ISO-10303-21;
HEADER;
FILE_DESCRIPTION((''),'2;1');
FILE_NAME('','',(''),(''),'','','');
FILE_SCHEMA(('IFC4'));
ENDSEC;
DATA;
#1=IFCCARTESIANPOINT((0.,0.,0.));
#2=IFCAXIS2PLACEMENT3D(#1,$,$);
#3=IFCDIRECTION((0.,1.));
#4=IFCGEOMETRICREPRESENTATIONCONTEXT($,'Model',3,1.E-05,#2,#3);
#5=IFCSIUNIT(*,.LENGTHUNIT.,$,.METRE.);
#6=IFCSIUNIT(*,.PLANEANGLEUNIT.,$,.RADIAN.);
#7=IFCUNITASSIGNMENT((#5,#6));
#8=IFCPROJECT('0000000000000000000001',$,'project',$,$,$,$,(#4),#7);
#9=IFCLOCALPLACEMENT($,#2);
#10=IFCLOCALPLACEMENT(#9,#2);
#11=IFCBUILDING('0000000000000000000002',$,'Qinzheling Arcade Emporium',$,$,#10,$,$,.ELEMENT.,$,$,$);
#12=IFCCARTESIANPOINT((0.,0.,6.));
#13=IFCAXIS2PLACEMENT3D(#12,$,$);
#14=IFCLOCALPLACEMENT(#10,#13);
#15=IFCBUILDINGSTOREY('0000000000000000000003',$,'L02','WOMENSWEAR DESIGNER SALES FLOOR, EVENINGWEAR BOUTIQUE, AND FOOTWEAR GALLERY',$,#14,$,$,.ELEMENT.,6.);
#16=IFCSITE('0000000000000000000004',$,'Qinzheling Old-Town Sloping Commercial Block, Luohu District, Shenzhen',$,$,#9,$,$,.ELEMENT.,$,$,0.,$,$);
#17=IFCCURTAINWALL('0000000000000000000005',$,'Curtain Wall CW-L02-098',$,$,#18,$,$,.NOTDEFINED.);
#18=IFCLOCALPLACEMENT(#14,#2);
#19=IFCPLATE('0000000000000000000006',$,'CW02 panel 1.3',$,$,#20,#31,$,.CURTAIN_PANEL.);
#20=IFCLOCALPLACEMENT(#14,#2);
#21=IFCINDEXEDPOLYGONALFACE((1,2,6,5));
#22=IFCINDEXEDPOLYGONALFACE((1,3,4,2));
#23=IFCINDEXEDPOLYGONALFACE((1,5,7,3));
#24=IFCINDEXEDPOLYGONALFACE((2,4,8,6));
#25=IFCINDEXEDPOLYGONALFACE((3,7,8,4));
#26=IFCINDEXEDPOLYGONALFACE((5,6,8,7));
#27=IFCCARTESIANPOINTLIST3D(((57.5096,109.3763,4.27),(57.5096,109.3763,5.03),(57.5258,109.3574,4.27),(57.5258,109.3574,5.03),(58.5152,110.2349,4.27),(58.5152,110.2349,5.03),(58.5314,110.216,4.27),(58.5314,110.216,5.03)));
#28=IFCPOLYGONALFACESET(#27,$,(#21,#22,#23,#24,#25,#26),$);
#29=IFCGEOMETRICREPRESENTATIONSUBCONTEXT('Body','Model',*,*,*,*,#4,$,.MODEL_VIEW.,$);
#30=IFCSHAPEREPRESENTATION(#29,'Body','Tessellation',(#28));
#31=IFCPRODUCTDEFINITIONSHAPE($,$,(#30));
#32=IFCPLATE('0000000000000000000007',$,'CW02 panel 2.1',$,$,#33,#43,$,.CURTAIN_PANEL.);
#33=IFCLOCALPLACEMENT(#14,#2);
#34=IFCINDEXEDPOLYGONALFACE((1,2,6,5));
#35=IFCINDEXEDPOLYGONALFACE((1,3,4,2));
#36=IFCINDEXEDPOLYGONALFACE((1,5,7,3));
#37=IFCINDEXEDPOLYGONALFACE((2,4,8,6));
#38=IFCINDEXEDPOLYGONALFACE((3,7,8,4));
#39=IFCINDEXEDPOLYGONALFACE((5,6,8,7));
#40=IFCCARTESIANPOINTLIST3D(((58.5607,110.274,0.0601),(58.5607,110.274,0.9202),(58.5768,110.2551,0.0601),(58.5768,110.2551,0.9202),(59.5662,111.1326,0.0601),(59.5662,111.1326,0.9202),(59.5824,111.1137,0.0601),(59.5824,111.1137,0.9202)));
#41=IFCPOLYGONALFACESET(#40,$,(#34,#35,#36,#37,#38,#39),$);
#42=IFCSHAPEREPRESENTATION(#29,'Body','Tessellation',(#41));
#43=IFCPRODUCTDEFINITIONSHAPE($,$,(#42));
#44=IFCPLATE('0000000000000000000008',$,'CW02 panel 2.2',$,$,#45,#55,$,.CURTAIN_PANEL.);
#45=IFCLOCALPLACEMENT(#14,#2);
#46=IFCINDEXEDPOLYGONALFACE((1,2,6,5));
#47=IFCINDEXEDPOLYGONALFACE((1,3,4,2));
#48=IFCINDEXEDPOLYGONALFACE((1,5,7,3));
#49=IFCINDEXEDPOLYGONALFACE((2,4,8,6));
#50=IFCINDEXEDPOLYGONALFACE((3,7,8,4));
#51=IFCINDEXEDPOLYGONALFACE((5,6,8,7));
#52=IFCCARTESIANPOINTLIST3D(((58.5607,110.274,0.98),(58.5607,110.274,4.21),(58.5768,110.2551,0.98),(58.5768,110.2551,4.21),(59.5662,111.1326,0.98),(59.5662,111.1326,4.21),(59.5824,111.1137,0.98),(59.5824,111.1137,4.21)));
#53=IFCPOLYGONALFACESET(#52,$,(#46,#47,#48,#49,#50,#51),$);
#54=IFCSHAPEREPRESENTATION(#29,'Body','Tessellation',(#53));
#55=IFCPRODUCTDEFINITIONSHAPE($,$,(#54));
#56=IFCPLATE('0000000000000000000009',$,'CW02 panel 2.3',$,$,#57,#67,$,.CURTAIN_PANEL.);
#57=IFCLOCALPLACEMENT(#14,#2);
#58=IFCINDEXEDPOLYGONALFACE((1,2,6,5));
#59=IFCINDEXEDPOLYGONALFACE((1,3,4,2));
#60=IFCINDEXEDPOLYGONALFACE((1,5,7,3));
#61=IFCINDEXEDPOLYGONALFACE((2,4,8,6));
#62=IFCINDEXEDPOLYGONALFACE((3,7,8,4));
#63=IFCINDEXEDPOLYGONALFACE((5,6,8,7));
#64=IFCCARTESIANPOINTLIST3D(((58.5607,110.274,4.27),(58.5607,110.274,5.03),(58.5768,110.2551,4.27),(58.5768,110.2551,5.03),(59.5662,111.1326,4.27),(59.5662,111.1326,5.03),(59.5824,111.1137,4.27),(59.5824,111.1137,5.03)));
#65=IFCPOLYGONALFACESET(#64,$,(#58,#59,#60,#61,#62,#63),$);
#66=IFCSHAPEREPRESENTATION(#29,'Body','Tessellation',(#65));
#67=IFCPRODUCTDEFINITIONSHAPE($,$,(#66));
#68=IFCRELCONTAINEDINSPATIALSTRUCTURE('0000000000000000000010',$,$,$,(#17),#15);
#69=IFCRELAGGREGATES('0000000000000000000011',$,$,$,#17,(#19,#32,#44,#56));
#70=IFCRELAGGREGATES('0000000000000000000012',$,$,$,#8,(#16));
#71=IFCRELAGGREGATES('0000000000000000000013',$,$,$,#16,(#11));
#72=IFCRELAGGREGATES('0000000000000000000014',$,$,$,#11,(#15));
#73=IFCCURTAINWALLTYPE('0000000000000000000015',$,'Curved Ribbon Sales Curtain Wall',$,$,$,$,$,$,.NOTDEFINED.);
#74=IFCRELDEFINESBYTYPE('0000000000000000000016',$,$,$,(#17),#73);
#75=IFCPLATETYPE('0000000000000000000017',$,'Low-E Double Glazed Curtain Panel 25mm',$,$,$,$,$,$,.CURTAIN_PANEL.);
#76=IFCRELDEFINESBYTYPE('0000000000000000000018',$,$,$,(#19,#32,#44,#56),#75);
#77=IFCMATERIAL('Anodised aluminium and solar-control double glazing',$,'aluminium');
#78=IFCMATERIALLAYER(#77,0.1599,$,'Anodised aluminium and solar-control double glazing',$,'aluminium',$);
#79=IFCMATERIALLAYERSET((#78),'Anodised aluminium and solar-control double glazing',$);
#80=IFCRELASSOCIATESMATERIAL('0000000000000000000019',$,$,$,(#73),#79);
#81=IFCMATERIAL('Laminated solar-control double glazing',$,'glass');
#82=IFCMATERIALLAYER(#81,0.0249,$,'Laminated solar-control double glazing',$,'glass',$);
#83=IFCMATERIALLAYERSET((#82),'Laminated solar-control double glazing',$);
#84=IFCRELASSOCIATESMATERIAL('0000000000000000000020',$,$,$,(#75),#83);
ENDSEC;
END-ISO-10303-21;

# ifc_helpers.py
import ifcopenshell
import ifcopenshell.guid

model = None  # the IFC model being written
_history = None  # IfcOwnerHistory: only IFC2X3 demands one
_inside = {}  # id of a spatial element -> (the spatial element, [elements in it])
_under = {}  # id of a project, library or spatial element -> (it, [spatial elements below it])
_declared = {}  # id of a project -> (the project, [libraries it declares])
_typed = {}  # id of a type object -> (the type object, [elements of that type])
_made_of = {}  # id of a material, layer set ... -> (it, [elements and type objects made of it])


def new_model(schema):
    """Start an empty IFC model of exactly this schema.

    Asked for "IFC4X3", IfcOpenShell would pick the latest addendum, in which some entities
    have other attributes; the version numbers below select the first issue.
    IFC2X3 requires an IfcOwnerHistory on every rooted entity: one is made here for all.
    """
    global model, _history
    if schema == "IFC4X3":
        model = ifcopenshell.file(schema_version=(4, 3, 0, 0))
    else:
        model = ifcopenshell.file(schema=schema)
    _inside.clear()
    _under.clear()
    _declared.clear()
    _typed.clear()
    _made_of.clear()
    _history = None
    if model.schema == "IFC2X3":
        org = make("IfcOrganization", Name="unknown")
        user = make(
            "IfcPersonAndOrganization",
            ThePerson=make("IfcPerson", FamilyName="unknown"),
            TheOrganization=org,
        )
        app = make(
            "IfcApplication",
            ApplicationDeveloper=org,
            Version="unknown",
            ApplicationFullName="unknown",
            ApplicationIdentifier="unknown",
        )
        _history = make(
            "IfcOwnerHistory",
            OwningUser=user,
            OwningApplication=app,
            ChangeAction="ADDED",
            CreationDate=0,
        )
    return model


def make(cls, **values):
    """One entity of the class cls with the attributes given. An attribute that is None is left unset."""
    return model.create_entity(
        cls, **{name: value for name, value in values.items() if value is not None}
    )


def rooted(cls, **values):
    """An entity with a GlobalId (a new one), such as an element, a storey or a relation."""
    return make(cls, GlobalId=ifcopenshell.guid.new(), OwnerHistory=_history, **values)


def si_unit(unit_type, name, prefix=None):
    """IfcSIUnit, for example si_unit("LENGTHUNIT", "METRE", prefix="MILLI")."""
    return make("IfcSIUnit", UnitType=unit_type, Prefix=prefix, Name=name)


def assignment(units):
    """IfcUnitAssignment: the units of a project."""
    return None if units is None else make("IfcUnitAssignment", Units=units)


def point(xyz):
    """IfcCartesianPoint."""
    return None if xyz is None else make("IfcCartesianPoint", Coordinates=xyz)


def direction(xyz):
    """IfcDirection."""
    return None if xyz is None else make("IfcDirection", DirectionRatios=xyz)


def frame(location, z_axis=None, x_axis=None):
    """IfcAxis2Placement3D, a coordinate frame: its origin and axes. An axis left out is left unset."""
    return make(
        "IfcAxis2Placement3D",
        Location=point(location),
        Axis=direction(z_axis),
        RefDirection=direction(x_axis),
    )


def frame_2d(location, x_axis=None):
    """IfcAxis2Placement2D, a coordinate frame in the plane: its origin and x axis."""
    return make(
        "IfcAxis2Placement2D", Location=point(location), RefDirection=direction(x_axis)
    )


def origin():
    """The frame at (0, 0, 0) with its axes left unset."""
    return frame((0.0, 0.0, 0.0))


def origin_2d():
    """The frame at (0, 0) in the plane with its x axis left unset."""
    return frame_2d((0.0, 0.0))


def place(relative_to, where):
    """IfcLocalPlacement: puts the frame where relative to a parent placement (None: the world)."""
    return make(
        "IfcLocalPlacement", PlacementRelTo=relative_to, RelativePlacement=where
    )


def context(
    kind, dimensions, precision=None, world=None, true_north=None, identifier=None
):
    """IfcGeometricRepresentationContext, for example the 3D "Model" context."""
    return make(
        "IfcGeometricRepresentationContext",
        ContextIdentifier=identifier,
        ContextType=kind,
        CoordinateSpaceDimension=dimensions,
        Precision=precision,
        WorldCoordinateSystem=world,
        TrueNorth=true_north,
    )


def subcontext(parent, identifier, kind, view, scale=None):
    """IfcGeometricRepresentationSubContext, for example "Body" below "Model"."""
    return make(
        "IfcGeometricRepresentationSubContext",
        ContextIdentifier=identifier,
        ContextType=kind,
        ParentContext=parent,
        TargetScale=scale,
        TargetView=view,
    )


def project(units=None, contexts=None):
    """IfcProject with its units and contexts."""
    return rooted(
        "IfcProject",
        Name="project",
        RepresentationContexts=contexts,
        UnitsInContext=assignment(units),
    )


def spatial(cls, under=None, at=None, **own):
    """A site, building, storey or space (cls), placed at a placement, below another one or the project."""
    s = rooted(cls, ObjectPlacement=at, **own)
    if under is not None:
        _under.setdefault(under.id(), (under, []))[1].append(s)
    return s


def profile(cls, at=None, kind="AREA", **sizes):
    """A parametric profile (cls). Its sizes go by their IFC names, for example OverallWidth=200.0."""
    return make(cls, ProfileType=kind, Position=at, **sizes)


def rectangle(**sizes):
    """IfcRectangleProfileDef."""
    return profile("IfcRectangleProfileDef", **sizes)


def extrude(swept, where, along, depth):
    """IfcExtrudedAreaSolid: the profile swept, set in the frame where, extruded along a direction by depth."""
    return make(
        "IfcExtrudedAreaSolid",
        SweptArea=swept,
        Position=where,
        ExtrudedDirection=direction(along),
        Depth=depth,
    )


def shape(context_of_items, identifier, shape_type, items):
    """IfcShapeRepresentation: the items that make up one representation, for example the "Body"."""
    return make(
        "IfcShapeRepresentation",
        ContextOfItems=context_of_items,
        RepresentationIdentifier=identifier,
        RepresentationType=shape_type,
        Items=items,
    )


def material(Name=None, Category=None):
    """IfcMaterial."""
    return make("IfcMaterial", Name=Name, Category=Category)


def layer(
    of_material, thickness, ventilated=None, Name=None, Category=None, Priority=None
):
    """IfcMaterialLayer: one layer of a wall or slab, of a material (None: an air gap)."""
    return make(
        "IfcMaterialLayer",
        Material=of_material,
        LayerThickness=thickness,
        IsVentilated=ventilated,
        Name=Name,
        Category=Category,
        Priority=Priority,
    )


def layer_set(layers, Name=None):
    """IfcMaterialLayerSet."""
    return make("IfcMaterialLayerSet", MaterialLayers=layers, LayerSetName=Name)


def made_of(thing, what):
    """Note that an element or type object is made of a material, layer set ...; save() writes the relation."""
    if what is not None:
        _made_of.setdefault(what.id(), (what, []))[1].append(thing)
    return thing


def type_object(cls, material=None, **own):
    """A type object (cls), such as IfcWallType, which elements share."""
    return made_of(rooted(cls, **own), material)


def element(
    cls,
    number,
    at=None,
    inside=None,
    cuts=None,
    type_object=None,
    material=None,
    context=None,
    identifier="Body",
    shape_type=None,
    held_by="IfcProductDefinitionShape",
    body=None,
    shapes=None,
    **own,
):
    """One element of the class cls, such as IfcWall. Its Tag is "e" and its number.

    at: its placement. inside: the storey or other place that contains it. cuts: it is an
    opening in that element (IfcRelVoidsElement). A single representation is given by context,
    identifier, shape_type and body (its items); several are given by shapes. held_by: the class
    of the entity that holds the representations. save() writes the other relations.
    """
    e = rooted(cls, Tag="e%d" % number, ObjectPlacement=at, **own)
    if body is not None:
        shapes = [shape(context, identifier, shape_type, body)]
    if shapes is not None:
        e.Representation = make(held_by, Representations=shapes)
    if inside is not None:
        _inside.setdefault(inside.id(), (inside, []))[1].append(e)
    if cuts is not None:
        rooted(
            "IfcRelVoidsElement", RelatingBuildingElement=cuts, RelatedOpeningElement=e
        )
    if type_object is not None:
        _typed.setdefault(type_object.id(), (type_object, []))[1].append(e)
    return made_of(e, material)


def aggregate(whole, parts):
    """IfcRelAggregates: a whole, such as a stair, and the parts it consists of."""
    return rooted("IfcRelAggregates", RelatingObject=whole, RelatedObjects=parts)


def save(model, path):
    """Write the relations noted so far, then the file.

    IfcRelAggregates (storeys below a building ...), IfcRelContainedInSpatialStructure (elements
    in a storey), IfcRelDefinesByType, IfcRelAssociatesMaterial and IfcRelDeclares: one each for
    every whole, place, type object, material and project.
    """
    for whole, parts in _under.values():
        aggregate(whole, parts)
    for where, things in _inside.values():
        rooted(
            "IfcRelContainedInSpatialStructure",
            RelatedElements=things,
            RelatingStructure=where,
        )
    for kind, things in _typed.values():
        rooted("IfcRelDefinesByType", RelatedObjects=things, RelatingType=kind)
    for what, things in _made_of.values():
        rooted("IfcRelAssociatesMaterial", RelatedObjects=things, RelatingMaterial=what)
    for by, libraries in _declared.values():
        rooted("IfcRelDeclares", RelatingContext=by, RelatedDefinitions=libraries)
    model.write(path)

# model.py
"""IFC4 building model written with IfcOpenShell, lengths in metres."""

from ifc_helpers import new_model, si_unit, direction, frame, origin, origin_2d, place, context, subcontext, project, spatial, rectangle, extrude, material, layer, layer_set, type_object, element, aggregate, save


model = new_model("IFC4")

# Units and contexts
model_context = context("Model", 3, precision=1e-05, world=origin(), true_north=direction((0.0, 1.0)))
body_context = subcontext(model_context, "Body", "Model", "MODEL_VIEW")
ifc_project = project(units=[si_unit("LENGTHUNIT", "METRE"), si_unit("PLANEANGLEUNIT", "RADIAN")], contexts=[model_context])

# Site, building, storey
site_placement = place(None, origin())
site = spatial("IfcSite", under=ifc_project, at=site_placement, Name="Qinzheling Old-Town Sloping Commercial Block, Luohu District, Shenzhen", CompositionType="ELEMENT", RefElevation=0.0)
building_placement = place(site_placement, origin())
building = spatial("IfcBuilding", under=site, at=building_placement, Name="Qinzheling Arcade Emporium", CompositionType="ELEMENT")
storey_placement = place(building_placement, frame((0.0, 0.0, 6.0)))
storey = spatial("IfcBuildingStorey", under=building, at=storey_placement, Name="L02", Description="WOMENSWEAR DESIGNER SALES FLOOR, EVENINGWEAR BOUTIQUE, AND FOOTWEAR GALLERY", CompositionType="ELEMENT", Elevation=6.0)

# Shared definitions
ifc_material_1 = material(Name="Anodised aluminium and solar-control double glazing", Category="aluminium")
ifc_layer_1 = layer(ifc_material_1, 0.1599, Name="Anodised aluminium and solar-control double glazing", Category="aluminium")
ifc_layer_set_1 = layer_set([ifc_layer_1], Name="Anodised aluminium and solar-control double glazing")
curtain_wall_type = type_object("IfcCurtainWallType", Name="Curved Ribbon Sales Curtain Wall", PredefinedType="NOTDEFINED", material=ifc_layer_set_1)

# Curtain wall
curtain_wall_1_placement = place(storey_placement, origin())
curtain_wall_1 = element("IfcCurtainWall", 1, at=curtain_wall_1_placement, inside=storey, type_object=curtain_wall_type, Name="Curtain Wall CW-L02-098", PredefinedType="NOTDEFINED")

# Plates
ifc_material_2 = material(Name="Laminated solar-control double glazing", Category="glass")
ifc_layer_2 = layer(ifc_material_2, 0.0249, Name="Laminated solar-control double glazing", Category="glass")
ifc_layer_set_2 = layer_set([ifc_layer_2], Name="Laminated solar-control double glazing")
plate_type_1 = type_object("IfcPlateType", Name="Low-E Double Glazed Curtain Panel 25mm", PredefinedType="CURTAIN_PANEL", material=ifc_layer_set_2)
plate_1_placement = place(storey_placement, frame((58.0205, 109.7961, 4.27), z_axis=(0.0, 0.0, 1.0), x_axis=(0.760505, 0.649332, 0.0)))
plate_1 = element("IfcPlate", 2, at=plate_1_placement, type_object=plate_type_1, Name="CW02 panel 1.3", PredefinedType="CURTAIN_PANEL", context=body_context, shape_type="SweptSolid", body=[
    extrude(rectangle(XDim=1.3223, YDim=0.0249, at=origin_2d()), origin(), (0.0, 0.0, 1.0), 0.76),
])
plate_2_placement = place(storey_placement, frame((59.0715, 110.6938, 0.0601), z_axis=(0.0, 0.0, 1.0), x_axis=(0.760505, 0.649332, 0.0)))
plate_2 = element("IfcPlate", 3, at=plate_2_placement, type_object=plate_type_1, Name="CW02 panel 2.1", PredefinedType="CURTAIN_PANEL", context=body_context, shape_type="SweptSolid", body=[
    extrude(rectangle(XDim=1.3223, YDim=0.0249, at=origin_2d()), origin(), (0.0, 0.0, 1.0), 0.8601),
])
plate_3_placement = place(storey_placement, frame((59.0715, 110.6938, 0.98), z_axis=(0.0, 0.0, 1.0), x_axis=(0.760505, 0.649332, 0.0)))
plate_3 = element("IfcPlate", 4, at=plate_3_placement, type_object=plate_type_1, Name="CW02 panel 2.2", PredefinedType="CURTAIN_PANEL", context=body_context, shape_type="SweptSolid", body=[
    extrude(rectangle(XDim=1.3223, YDim=0.0249, at=origin_2d()), origin(), (0.0, 0.0, 1.0), 3.23),
])
plate_4_placement = place(storey_placement, frame((59.0715, 110.6938, 4.27), z_axis=(0.0, 0.0, 1.0), x_axis=(0.760505, 0.649332, 0.0)))
plate_4 = element("IfcPlate", 5, at=plate_4_placement, type_object=plate_type_1, Name="CW02 panel 2.3", PredefinedType="CURTAIN_PANEL", context=body_context, shape_type="SweptSolid", body=[
    extrude(rectangle(XDim=1.3223, YDim=0.0249, at=origin_2d()), origin(), (0.0, 0.0, 1.0), 0.76),
])
aggregate(curtain_wall_1, [plate_1, plate_2, plate_3, plate_4])

save(model, "model.ifc")
